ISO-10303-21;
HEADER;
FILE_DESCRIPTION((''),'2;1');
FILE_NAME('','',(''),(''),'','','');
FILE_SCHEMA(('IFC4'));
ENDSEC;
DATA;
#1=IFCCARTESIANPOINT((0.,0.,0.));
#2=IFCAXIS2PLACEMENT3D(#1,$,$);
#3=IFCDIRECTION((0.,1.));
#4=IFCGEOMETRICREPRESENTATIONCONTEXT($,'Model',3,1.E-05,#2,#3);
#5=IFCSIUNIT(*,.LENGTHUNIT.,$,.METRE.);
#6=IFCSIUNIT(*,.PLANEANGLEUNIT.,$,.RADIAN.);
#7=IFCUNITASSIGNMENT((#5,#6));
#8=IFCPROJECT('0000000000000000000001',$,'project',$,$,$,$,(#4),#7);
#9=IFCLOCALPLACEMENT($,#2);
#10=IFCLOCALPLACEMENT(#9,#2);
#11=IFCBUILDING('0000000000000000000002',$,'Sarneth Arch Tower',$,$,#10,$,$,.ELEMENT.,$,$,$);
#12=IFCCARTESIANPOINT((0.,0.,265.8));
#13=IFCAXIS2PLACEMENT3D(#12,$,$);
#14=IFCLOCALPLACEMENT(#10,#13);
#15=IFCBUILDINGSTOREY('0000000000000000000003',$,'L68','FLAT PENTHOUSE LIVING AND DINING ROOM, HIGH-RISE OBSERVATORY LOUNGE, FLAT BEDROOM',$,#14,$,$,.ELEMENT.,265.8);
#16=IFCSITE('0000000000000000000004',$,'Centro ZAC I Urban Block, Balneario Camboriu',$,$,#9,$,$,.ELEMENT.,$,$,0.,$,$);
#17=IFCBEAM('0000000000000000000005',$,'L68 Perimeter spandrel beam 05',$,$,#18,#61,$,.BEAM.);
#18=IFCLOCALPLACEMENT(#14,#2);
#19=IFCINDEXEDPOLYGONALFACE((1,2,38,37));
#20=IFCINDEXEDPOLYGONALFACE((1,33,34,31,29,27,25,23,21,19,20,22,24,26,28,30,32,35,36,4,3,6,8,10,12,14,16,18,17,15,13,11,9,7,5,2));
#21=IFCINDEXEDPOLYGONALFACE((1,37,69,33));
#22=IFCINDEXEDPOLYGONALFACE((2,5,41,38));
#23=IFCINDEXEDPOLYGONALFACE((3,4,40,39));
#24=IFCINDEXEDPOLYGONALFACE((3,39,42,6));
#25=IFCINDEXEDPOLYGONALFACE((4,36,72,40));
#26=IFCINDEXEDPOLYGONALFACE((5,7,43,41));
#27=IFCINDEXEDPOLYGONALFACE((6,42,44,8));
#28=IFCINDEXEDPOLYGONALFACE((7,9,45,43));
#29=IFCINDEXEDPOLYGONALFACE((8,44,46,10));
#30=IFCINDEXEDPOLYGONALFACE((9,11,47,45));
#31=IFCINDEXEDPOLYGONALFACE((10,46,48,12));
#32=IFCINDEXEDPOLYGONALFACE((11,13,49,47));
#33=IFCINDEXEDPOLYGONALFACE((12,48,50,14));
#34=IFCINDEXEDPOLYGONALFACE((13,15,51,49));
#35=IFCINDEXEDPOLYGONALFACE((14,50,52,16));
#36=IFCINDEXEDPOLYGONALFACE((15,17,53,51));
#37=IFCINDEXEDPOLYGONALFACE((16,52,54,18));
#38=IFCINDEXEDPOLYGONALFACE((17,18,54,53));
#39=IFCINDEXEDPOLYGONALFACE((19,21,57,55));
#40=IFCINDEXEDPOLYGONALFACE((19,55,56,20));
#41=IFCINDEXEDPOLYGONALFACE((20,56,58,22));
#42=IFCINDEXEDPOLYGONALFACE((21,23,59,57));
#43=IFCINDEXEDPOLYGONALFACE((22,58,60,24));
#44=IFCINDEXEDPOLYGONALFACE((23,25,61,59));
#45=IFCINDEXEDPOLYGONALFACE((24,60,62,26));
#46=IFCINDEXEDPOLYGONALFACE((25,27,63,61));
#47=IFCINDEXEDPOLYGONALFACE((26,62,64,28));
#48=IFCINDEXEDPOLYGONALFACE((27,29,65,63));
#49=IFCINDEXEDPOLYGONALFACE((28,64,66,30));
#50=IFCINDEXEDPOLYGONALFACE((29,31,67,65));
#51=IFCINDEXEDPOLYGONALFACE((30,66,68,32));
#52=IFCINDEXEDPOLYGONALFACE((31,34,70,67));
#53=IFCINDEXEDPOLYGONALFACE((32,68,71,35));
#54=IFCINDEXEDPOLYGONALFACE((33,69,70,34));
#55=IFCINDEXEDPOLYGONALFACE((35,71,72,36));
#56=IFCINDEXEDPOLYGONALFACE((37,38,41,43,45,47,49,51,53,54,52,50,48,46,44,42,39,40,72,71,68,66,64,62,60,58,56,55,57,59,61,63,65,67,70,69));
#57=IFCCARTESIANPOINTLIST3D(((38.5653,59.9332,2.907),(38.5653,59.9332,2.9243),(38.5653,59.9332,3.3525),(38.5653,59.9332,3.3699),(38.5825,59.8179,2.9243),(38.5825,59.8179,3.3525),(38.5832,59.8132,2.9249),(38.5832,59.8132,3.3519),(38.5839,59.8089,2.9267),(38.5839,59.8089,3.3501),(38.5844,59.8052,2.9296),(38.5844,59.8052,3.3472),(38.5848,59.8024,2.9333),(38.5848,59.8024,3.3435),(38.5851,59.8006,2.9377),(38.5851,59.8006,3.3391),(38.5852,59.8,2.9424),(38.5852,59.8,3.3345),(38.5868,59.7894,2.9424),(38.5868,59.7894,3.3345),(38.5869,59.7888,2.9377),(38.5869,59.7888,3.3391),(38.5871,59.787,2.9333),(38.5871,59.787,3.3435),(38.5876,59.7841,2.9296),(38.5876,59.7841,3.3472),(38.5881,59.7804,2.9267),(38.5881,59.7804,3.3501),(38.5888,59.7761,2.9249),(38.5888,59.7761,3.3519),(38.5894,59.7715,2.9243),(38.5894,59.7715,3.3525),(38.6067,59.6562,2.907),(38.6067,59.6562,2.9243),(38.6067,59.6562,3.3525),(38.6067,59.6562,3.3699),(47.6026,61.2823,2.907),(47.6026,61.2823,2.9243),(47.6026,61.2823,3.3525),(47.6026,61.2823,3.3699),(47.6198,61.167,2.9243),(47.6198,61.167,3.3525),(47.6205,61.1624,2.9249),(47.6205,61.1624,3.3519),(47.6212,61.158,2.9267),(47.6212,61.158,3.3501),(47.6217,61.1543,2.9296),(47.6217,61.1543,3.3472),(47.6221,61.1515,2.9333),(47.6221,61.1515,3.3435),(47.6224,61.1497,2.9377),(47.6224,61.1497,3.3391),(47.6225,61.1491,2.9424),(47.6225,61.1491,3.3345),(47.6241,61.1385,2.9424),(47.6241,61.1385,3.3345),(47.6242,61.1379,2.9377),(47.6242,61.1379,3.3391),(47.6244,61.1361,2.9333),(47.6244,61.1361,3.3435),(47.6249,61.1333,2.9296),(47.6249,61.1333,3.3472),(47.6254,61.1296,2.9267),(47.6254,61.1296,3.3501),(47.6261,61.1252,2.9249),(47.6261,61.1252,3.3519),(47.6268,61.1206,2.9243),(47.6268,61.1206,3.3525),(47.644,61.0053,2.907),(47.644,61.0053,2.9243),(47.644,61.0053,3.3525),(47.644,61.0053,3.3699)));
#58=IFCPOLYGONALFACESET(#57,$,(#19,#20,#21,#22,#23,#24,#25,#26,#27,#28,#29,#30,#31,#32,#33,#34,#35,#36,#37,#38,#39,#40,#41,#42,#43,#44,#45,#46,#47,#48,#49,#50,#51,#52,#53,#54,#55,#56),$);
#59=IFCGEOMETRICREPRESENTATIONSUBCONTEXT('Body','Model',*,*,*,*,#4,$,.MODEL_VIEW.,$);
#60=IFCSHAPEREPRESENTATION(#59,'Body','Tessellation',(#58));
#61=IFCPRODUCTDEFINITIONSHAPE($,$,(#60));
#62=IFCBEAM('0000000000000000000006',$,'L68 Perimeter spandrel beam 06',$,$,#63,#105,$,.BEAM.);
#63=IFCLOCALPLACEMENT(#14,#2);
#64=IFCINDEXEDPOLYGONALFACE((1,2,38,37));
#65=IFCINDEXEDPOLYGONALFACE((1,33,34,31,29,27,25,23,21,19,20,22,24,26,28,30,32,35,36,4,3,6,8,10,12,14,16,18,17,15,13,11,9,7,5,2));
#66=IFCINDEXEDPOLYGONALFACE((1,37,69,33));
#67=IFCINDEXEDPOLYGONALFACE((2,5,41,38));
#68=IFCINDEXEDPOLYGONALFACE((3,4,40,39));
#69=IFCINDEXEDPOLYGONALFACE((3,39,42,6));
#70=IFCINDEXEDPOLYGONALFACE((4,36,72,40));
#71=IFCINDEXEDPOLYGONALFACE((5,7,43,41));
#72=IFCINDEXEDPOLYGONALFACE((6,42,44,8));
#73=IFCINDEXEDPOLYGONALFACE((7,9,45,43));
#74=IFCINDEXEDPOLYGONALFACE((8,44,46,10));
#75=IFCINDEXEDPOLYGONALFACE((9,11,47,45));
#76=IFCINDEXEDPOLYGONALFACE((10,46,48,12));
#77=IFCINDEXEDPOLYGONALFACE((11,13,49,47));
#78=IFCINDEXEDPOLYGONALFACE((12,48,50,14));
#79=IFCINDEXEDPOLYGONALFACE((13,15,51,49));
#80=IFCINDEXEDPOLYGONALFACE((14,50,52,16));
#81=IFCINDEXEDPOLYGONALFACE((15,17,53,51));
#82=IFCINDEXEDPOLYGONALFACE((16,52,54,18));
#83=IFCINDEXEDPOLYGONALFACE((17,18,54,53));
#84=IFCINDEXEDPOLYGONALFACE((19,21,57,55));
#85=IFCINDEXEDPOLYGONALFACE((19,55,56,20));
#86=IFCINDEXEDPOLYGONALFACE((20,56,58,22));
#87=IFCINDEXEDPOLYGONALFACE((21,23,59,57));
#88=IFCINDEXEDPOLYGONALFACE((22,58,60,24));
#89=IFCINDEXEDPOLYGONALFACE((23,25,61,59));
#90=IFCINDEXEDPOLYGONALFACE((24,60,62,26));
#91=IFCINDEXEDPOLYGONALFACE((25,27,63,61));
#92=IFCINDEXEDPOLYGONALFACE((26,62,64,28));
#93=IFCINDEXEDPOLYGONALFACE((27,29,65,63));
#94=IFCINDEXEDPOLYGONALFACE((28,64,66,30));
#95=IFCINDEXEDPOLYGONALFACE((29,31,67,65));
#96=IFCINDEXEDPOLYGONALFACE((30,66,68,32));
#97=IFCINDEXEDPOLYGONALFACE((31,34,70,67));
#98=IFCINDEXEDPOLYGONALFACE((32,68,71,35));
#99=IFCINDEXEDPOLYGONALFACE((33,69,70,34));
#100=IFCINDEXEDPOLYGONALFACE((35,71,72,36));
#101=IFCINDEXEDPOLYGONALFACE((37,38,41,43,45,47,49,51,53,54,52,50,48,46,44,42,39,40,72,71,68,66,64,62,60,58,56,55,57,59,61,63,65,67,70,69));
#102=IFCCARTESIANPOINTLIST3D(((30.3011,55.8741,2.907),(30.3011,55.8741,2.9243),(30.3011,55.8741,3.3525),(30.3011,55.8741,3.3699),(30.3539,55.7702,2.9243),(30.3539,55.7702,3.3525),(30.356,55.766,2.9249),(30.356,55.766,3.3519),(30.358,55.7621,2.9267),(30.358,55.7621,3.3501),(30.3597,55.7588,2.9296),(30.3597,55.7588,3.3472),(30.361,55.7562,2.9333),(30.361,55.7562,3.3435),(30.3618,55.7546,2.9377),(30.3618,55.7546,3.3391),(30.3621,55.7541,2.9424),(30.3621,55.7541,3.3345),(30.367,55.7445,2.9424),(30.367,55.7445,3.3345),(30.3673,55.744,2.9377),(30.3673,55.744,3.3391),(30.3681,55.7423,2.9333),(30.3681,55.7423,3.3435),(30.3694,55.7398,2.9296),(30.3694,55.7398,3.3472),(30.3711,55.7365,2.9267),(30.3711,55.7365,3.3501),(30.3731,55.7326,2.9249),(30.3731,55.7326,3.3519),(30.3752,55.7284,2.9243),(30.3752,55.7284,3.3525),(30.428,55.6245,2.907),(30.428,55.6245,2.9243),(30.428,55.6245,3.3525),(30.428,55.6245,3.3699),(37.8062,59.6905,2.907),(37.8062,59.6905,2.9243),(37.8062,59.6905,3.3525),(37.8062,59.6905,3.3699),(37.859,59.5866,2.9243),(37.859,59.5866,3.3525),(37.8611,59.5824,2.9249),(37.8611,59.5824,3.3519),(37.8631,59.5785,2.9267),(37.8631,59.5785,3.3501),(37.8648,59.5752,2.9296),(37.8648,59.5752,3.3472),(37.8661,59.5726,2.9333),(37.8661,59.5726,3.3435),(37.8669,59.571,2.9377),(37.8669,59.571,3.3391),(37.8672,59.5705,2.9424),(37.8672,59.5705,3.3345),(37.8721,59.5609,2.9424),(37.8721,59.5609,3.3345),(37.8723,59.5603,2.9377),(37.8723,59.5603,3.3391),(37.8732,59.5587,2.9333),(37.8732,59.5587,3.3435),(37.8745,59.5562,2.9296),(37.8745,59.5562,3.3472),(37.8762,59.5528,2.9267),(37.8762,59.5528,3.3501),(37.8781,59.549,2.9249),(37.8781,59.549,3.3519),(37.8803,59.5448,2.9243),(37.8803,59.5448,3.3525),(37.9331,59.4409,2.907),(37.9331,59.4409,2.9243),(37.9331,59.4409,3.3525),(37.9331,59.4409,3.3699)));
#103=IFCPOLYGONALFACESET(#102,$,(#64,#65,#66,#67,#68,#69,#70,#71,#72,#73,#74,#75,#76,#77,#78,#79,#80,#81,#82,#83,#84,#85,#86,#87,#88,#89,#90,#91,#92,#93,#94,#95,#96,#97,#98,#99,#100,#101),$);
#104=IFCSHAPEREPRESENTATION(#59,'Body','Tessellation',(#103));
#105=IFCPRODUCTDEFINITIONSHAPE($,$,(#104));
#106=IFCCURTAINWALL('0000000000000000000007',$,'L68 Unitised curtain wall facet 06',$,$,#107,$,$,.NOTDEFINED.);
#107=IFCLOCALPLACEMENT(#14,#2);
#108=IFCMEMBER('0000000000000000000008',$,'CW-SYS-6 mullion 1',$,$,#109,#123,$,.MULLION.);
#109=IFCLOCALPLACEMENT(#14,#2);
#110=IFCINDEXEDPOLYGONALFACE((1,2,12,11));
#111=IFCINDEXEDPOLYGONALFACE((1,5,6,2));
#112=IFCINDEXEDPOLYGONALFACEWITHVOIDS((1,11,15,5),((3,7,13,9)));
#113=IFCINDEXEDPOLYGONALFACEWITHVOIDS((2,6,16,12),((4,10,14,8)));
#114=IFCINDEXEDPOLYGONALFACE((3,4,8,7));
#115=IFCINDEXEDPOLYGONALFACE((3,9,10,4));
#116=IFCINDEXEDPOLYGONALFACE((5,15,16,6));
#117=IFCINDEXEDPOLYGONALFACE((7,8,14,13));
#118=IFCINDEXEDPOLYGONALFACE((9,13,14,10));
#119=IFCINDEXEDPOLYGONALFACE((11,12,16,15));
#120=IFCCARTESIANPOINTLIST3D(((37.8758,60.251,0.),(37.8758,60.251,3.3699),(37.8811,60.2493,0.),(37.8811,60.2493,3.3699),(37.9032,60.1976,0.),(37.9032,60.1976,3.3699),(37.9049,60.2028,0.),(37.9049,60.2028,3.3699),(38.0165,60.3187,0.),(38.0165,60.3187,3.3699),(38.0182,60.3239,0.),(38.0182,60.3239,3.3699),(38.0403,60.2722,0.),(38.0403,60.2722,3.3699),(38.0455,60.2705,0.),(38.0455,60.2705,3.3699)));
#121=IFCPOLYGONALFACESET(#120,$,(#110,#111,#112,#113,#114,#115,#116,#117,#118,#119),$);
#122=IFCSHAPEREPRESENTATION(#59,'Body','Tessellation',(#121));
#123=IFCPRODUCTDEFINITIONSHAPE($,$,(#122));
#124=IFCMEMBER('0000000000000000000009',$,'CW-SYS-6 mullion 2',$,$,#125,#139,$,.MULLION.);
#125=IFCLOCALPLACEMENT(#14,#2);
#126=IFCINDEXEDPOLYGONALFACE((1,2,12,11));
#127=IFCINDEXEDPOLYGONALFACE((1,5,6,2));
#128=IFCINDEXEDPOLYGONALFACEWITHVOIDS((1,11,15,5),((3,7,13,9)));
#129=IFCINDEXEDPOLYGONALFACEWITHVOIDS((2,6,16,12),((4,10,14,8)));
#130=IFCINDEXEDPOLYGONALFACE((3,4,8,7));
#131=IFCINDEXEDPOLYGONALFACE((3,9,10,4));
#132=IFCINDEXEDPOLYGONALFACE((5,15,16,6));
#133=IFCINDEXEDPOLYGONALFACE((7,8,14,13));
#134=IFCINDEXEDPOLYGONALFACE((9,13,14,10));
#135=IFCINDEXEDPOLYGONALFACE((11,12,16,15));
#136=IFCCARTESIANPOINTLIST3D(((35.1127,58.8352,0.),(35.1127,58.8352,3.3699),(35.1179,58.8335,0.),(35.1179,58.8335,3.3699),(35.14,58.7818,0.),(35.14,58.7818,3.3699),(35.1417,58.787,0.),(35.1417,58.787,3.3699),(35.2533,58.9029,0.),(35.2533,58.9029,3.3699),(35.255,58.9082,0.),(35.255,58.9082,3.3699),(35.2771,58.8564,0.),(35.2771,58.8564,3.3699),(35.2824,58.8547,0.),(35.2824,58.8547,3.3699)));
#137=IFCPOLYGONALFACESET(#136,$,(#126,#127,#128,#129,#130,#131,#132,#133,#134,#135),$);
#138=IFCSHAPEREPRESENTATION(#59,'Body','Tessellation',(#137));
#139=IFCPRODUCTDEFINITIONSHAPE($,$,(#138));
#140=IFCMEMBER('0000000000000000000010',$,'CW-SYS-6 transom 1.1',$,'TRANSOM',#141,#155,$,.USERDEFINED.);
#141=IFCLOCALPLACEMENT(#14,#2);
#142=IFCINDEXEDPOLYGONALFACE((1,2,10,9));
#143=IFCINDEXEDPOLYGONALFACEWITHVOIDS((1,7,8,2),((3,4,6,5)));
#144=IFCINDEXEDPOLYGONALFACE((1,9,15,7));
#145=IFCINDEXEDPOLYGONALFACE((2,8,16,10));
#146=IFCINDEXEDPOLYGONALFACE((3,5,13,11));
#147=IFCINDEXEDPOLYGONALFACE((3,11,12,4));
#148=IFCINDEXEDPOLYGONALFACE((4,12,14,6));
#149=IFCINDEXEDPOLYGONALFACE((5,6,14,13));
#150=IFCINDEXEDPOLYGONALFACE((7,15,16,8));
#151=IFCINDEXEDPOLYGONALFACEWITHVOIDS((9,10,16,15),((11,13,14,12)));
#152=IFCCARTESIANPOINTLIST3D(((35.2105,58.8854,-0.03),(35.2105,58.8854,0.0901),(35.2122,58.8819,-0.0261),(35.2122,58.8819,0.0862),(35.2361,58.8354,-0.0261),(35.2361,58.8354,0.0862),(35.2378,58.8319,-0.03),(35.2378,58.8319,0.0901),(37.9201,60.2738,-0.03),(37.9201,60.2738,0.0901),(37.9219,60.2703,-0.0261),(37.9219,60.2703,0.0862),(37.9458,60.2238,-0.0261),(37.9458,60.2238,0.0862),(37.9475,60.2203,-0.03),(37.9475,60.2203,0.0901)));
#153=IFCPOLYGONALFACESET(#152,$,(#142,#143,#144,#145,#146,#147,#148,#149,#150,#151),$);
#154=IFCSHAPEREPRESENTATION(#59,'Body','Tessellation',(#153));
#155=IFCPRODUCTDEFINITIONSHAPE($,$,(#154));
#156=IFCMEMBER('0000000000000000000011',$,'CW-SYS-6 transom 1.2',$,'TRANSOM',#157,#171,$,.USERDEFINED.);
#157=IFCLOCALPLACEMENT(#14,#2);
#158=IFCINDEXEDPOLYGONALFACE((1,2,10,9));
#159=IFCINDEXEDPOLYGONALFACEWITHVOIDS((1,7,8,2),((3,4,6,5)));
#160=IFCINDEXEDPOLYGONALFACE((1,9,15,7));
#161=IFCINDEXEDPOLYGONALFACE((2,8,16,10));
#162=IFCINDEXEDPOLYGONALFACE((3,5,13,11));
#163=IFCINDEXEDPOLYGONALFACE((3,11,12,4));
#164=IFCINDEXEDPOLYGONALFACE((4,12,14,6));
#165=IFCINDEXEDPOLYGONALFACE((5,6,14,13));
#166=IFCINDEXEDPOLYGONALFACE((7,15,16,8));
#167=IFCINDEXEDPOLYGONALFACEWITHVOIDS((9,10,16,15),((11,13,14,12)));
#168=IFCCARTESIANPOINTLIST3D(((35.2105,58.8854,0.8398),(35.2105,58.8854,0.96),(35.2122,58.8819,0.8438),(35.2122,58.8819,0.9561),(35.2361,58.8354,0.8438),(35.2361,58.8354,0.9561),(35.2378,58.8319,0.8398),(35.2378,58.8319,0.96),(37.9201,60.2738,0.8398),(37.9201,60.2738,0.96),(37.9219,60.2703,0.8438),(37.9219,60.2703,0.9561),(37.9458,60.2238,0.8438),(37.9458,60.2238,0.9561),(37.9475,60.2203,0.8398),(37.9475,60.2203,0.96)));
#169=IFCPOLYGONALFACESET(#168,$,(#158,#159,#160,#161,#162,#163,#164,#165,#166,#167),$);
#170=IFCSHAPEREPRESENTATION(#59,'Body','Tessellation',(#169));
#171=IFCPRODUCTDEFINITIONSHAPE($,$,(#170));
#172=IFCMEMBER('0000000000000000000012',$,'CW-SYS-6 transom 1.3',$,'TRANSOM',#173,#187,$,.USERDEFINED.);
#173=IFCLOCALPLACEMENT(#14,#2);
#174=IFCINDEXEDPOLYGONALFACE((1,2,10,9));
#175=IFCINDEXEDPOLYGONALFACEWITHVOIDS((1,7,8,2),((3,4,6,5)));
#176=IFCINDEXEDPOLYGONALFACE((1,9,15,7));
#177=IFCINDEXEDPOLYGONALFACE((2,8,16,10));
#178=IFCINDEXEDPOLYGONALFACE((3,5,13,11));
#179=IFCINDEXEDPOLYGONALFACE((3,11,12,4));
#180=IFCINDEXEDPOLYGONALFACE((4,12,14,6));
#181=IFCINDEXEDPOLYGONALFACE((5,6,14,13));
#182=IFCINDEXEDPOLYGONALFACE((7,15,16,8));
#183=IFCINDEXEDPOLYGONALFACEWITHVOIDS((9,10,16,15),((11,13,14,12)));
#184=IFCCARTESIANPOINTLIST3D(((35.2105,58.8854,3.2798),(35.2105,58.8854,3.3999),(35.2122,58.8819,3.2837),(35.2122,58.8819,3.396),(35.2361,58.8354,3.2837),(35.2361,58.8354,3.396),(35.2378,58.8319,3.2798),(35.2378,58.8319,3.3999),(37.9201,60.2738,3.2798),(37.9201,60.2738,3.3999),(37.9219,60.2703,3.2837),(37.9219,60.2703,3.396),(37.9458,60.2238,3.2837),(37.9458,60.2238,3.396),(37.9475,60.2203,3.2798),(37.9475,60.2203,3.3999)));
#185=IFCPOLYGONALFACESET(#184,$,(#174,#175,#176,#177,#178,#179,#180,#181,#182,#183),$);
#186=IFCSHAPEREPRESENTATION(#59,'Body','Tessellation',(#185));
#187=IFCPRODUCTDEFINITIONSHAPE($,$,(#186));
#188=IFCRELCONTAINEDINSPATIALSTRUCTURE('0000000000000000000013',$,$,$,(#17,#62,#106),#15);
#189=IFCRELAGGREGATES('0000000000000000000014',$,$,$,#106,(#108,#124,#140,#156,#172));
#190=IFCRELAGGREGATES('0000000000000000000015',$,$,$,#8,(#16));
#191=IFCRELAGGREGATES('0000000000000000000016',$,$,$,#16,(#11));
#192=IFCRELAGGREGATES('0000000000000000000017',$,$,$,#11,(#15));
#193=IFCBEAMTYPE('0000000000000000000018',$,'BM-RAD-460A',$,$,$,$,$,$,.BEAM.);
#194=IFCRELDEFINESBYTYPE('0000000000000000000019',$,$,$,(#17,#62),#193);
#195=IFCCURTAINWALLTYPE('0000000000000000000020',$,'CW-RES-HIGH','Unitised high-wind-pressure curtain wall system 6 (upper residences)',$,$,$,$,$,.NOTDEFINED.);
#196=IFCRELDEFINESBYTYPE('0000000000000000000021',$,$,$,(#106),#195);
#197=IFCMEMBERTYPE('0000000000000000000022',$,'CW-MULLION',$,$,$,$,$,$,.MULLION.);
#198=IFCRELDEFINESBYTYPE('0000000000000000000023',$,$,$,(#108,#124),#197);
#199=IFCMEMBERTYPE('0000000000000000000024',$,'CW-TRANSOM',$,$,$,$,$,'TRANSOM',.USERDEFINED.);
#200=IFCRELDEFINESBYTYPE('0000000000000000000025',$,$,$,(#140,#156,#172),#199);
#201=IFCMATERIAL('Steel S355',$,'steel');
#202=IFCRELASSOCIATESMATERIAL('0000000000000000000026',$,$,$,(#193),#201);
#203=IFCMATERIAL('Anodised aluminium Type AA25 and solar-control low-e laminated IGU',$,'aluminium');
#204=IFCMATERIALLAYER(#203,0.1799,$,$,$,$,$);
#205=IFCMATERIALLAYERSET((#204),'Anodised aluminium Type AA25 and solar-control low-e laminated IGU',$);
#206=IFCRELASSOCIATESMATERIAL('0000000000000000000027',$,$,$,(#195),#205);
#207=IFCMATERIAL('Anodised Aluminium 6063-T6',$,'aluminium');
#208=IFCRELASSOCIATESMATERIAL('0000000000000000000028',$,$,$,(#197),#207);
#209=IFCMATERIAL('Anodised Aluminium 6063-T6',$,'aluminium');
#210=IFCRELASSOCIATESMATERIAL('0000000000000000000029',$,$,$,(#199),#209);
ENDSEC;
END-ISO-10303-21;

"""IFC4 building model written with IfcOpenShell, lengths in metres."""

from ifc_helpers import new_model, si_unit, direction, frame, origin, origin_2d, place, context, subcontext, project, spatial, hollow_rectangle, i_section, extrude, material, layer, layer_set, material_profile, profile_set, type_object, element, aggregate, save


model = new_model("IFC4")

# Units and contexts
model_context = context("Model", 3, precision=1e-05, world=origin(), true_north=direction((0.0, 1.0)))
body_context = subcontext(model_context, "Body", "Model", "MODEL_VIEW")
ifc_project = project(units=[si_unit("LENGTHUNIT", "METRE"), si_unit("PLANEANGLEUNIT", "RADIAN")], contexts=[model_context])

# Site, building, storey
site_placement = place(None, origin())
site = spatial("IfcSite", under=ifc_project, at=site_placement, Name="Centro ZAC I Urban Block, Balneario Camboriu", CompositionType="ELEMENT", RefElevation=0.0)
building_placement = place(site_placement, origin())
building = spatial("IfcBuilding", under=site, at=building_placement, Name="Sarneth Arch Tower", CompositionType="ELEMENT")
storey_placement = place(building_placement, frame((0.0, 0.0, 265.8)))
storey = spatial("IfcBuildingStorey", under=building, at=storey_placement, Name="L68", Description="FLAT PENTHOUSE LIVING AND DINING ROOM, HIGH-RISE OBSERVATORY LOUNGE, FLAT BEDROOM", CompositionType="ELEMENT", Elevation=265.8)

# Beams
ifc_material_1 = material(Name="Steel S355", Category="steel")
ifc_material_profile_1 = material_profile(ifc_material_1, i_section(OverallWidth=0.28, OverallDepth=0.4629, WebThickness=0.0107, FlangeThickness=0.0173, FilletRadius=0.0181, at=origin_2d()), Name="W460x113")
ifc_profile_set_1 = profile_set([ifc_material_profile_1], Name="Steel S355")
beam_type_1 = type_object("IfcBeamType", Name="BM-RAD-460A", PredefinedType="BEAM", material=ifc_profile_set_1)
beam_1_placement = place(storey_placement, frame((47.6233, 61.1438, 3.1384), z_axis=(-0.98904, -0.147647, 0.0), x_axis=(0.147647, -0.98904, 0.0)))
element("IfcBeam", 1, at=beam_1_placement, inside=storey, type_object=beam_type_1, Name="L68 Perimeter spandrel beam 05", PredefinedType="BEAM", context=body_context, shape_type="SweptSolid", body=[
    extrude(i_section(OverallWidth=0.28, OverallDepth=0.4629, WebThickness=0.0107, FlangeThickness=0.0173, FilletRadius=0.0181, at=origin_2d()), origin(), (0.0, 0.0, 1.0), 9.1375),
])
beam_2_placement = place(storey_placement, frame((37.8696, 59.5657, 3.1384), z_axis=(-0.891374, -0.453269, 0.0), x_axis=(0.453269, -0.891374, 0.0)))
element("IfcBeam", 2, at=beam_2_placement, inside=storey, type_object=beam_type_1, Name="L68 Perimeter spandrel beam 06", PredefinedType="BEAM", context=body_context, shape_type="SweptSolid", body=[
    extrude(i_section(OverallWidth=0.28, OverallDepth=0.4629, WebThickness=0.0107, FlangeThickness=0.0173, FilletRadius=0.0181, at=origin_2d()), origin(), (0.0, 0.0, 1.0), 8.4197),
])

# Curtain wall, members
ifc_material_2 = material(Name="Anodised aluminium Type AA25 and solar-control low-e laminated IGU", Category="aluminium")
ifc_layer_1 = layer(ifc_material_2, 0.1799)
ifc_layer_set_1 = layer_set([ifc_layer_1], Name="Anodised aluminium Type AA25 and solar-control low-e laminated IGU")
curtain_wall_type = type_object("IfcCurtainWallType", Name="CW-RES-HIGH", Description="Unitised high-wind-pressure curtain wall system 6 (upper residences)", PredefinedType="NOTDEFINED", material=ifc_layer_set_1)
curtain_wall_placement = place(storey_placement, origin())
curtain_wall = element("IfcCurtainWall", 3, at=curtain_wall_placement, inside=storey, type_object=curtain_wall_type, Name="L68 Unitised curtain wall facet 06", PredefinedType="NOTDEFINED")
ifc_material_3 = material(Name="Anodised Aluminium 6063-T6", Category="aluminium")
ifc_material_profile_2 = material_profile(ifc_material_3, hollow_rectangle(XDim=0.0601, YDim=0.1599, WallThickness=0.0039, at=origin_2d()), Name="AL-MULL-160x60x4")
ifc_profile_set_2 = profile_set([ifc_material_profile_2], Name="Anodised Aluminium 6063-T6")
member_type_1 = type_object("IfcMemberType", Name="CW-MULLION", PredefinedType="MULLION", material=ifc_profile_set_2)
member_1_placement = place(storey_placement, frame((37.9607, 60.2607, 0.0), z_axis=(0.0, 0.0, 1.0), x_axis=(0.455942, -0.89001, 0.0)))
member_1 = element("IfcMember", 4, at=member_1_placement, type_object=member_type_1, Name="CW-SYS-6 mullion 1", PredefinedType="MULLION", context=body_context, shape_type="SweptSolid", body=[
    extrude(hollow_rectangle(XDim=0.0601, YDim=0.1599, WallThickness=0.0039, at=origin_2d()), origin(), (0.0, 0.0, 1.0), 3.3699),
])
member_2_placement = place(storey_placement, frame((35.1975, 58.845, 0.0), z_axis=(0.0, 0.0, 1.0), x_axis=(0.455942, -0.89001, 0.0)))
member_2 = element("IfcMember", 5, at=member_2_placement, type_object=member_type_1, Name="CW-SYS-6 mullion 2", PredefinedType="MULLION", context=body_context, shape_type="SweptSolid", body=[
    extrude(hollow_rectangle(XDim=0.0601, YDim=0.1599, WallThickness=0.0039, at=origin_2d()), origin(), (0.0, 0.0, 1.0), 3.3699),
])
ifc_material_4 = material(Name="Anodised Aluminium 6063-T6", Category="aluminium")
ifc_material_profile_3 = material_profile(ifc_material_4, hollow_rectangle(XDim=0.0601, YDim=0.1201, WallThickness=0.0039, at=origin_2d()), Name="AL-TRAN-120x60x4")
ifc_profile_set_3 = profile_set([ifc_material_profile_3], Name="Anodised Aluminium 6063-T6")
member_type_2 = type_object("IfcMemberType", Name="CW-TRANSOM", ElementType="TRANSOM", PredefinedType="USERDEFINED", material=ifc_profile_set_3)
member_3_placement = place(storey_placement, frame((37.9338, 60.2471, 0.03), z_axis=(-0.889974, -0.456012, 0.0), x_axis=(0.456012, -0.889974, 0.0)))
member_3 = element("IfcMember", 6, at=member_3_placement, type_object=member_type_2, Name="CW-SYS-6 transom 1.1", ObjectType="TRANSOM", PredefinedType="USERDEFINED", context=body_context, shape_type="SweptSolid", body=[
    extrude(hollow_rectangle(XDim=0.0601, YDim=0.1201, WallThickness=0.0039, at=origin_2d()), origin(), (0.0, 0.0, 1.0), 3.0447),
])
member_4_placement = place(storey_placement, frame((37.9338, 60.2471, 0.8999), z_axis=(-0.889974, -0.456012, 0.0), x_axis=(0.456012, -0.889974, 0.0)))
member_4 = element("IfcMember", 7, at=member_4_placement, type_object=member_type_2, Name="CW-SYS-6 transom 1.2", ObjectType="TRANSOM", PredefinedType="USERDEFINED", context=body_context, shape_type="SweptSolid", body=[
    extrude(hollow_rectangle(XDim=0.0601, YDim=0.1201, WallThickness=0.0039, at=origin_2d()), origin(), (0.0, 0.0, 1.0), 3.0447),
])
member_5_placement = place(storey_placement, frame((37.9338, 60.2471, 3.3398), z_axis=(-0.889974, -0.456012, 0.0), x_axis=(0.456012, -0.889974, 0.0)))
member_5 = element("IfcMember", 8, at=member_5_placement, type_object=member_type_2, Name="CW-SYS-6 transom 1.3", ObjectType="TRANSOM", PredefinedType="USERDEFINED", context=body_context, shape_type="SweptSolid", body=[
    extrude(hollow_rectangle(XDim=0.0601, YDim=0.1201, WallThickness=0.0039, at=origin_2d()), origin(), (0.0, 0.0, 1.0), 3.0447),
])

aggregate(curtain_wall, [member_1, member_2, member_3, member_4, member_5])

save(model, "model.ifc")
